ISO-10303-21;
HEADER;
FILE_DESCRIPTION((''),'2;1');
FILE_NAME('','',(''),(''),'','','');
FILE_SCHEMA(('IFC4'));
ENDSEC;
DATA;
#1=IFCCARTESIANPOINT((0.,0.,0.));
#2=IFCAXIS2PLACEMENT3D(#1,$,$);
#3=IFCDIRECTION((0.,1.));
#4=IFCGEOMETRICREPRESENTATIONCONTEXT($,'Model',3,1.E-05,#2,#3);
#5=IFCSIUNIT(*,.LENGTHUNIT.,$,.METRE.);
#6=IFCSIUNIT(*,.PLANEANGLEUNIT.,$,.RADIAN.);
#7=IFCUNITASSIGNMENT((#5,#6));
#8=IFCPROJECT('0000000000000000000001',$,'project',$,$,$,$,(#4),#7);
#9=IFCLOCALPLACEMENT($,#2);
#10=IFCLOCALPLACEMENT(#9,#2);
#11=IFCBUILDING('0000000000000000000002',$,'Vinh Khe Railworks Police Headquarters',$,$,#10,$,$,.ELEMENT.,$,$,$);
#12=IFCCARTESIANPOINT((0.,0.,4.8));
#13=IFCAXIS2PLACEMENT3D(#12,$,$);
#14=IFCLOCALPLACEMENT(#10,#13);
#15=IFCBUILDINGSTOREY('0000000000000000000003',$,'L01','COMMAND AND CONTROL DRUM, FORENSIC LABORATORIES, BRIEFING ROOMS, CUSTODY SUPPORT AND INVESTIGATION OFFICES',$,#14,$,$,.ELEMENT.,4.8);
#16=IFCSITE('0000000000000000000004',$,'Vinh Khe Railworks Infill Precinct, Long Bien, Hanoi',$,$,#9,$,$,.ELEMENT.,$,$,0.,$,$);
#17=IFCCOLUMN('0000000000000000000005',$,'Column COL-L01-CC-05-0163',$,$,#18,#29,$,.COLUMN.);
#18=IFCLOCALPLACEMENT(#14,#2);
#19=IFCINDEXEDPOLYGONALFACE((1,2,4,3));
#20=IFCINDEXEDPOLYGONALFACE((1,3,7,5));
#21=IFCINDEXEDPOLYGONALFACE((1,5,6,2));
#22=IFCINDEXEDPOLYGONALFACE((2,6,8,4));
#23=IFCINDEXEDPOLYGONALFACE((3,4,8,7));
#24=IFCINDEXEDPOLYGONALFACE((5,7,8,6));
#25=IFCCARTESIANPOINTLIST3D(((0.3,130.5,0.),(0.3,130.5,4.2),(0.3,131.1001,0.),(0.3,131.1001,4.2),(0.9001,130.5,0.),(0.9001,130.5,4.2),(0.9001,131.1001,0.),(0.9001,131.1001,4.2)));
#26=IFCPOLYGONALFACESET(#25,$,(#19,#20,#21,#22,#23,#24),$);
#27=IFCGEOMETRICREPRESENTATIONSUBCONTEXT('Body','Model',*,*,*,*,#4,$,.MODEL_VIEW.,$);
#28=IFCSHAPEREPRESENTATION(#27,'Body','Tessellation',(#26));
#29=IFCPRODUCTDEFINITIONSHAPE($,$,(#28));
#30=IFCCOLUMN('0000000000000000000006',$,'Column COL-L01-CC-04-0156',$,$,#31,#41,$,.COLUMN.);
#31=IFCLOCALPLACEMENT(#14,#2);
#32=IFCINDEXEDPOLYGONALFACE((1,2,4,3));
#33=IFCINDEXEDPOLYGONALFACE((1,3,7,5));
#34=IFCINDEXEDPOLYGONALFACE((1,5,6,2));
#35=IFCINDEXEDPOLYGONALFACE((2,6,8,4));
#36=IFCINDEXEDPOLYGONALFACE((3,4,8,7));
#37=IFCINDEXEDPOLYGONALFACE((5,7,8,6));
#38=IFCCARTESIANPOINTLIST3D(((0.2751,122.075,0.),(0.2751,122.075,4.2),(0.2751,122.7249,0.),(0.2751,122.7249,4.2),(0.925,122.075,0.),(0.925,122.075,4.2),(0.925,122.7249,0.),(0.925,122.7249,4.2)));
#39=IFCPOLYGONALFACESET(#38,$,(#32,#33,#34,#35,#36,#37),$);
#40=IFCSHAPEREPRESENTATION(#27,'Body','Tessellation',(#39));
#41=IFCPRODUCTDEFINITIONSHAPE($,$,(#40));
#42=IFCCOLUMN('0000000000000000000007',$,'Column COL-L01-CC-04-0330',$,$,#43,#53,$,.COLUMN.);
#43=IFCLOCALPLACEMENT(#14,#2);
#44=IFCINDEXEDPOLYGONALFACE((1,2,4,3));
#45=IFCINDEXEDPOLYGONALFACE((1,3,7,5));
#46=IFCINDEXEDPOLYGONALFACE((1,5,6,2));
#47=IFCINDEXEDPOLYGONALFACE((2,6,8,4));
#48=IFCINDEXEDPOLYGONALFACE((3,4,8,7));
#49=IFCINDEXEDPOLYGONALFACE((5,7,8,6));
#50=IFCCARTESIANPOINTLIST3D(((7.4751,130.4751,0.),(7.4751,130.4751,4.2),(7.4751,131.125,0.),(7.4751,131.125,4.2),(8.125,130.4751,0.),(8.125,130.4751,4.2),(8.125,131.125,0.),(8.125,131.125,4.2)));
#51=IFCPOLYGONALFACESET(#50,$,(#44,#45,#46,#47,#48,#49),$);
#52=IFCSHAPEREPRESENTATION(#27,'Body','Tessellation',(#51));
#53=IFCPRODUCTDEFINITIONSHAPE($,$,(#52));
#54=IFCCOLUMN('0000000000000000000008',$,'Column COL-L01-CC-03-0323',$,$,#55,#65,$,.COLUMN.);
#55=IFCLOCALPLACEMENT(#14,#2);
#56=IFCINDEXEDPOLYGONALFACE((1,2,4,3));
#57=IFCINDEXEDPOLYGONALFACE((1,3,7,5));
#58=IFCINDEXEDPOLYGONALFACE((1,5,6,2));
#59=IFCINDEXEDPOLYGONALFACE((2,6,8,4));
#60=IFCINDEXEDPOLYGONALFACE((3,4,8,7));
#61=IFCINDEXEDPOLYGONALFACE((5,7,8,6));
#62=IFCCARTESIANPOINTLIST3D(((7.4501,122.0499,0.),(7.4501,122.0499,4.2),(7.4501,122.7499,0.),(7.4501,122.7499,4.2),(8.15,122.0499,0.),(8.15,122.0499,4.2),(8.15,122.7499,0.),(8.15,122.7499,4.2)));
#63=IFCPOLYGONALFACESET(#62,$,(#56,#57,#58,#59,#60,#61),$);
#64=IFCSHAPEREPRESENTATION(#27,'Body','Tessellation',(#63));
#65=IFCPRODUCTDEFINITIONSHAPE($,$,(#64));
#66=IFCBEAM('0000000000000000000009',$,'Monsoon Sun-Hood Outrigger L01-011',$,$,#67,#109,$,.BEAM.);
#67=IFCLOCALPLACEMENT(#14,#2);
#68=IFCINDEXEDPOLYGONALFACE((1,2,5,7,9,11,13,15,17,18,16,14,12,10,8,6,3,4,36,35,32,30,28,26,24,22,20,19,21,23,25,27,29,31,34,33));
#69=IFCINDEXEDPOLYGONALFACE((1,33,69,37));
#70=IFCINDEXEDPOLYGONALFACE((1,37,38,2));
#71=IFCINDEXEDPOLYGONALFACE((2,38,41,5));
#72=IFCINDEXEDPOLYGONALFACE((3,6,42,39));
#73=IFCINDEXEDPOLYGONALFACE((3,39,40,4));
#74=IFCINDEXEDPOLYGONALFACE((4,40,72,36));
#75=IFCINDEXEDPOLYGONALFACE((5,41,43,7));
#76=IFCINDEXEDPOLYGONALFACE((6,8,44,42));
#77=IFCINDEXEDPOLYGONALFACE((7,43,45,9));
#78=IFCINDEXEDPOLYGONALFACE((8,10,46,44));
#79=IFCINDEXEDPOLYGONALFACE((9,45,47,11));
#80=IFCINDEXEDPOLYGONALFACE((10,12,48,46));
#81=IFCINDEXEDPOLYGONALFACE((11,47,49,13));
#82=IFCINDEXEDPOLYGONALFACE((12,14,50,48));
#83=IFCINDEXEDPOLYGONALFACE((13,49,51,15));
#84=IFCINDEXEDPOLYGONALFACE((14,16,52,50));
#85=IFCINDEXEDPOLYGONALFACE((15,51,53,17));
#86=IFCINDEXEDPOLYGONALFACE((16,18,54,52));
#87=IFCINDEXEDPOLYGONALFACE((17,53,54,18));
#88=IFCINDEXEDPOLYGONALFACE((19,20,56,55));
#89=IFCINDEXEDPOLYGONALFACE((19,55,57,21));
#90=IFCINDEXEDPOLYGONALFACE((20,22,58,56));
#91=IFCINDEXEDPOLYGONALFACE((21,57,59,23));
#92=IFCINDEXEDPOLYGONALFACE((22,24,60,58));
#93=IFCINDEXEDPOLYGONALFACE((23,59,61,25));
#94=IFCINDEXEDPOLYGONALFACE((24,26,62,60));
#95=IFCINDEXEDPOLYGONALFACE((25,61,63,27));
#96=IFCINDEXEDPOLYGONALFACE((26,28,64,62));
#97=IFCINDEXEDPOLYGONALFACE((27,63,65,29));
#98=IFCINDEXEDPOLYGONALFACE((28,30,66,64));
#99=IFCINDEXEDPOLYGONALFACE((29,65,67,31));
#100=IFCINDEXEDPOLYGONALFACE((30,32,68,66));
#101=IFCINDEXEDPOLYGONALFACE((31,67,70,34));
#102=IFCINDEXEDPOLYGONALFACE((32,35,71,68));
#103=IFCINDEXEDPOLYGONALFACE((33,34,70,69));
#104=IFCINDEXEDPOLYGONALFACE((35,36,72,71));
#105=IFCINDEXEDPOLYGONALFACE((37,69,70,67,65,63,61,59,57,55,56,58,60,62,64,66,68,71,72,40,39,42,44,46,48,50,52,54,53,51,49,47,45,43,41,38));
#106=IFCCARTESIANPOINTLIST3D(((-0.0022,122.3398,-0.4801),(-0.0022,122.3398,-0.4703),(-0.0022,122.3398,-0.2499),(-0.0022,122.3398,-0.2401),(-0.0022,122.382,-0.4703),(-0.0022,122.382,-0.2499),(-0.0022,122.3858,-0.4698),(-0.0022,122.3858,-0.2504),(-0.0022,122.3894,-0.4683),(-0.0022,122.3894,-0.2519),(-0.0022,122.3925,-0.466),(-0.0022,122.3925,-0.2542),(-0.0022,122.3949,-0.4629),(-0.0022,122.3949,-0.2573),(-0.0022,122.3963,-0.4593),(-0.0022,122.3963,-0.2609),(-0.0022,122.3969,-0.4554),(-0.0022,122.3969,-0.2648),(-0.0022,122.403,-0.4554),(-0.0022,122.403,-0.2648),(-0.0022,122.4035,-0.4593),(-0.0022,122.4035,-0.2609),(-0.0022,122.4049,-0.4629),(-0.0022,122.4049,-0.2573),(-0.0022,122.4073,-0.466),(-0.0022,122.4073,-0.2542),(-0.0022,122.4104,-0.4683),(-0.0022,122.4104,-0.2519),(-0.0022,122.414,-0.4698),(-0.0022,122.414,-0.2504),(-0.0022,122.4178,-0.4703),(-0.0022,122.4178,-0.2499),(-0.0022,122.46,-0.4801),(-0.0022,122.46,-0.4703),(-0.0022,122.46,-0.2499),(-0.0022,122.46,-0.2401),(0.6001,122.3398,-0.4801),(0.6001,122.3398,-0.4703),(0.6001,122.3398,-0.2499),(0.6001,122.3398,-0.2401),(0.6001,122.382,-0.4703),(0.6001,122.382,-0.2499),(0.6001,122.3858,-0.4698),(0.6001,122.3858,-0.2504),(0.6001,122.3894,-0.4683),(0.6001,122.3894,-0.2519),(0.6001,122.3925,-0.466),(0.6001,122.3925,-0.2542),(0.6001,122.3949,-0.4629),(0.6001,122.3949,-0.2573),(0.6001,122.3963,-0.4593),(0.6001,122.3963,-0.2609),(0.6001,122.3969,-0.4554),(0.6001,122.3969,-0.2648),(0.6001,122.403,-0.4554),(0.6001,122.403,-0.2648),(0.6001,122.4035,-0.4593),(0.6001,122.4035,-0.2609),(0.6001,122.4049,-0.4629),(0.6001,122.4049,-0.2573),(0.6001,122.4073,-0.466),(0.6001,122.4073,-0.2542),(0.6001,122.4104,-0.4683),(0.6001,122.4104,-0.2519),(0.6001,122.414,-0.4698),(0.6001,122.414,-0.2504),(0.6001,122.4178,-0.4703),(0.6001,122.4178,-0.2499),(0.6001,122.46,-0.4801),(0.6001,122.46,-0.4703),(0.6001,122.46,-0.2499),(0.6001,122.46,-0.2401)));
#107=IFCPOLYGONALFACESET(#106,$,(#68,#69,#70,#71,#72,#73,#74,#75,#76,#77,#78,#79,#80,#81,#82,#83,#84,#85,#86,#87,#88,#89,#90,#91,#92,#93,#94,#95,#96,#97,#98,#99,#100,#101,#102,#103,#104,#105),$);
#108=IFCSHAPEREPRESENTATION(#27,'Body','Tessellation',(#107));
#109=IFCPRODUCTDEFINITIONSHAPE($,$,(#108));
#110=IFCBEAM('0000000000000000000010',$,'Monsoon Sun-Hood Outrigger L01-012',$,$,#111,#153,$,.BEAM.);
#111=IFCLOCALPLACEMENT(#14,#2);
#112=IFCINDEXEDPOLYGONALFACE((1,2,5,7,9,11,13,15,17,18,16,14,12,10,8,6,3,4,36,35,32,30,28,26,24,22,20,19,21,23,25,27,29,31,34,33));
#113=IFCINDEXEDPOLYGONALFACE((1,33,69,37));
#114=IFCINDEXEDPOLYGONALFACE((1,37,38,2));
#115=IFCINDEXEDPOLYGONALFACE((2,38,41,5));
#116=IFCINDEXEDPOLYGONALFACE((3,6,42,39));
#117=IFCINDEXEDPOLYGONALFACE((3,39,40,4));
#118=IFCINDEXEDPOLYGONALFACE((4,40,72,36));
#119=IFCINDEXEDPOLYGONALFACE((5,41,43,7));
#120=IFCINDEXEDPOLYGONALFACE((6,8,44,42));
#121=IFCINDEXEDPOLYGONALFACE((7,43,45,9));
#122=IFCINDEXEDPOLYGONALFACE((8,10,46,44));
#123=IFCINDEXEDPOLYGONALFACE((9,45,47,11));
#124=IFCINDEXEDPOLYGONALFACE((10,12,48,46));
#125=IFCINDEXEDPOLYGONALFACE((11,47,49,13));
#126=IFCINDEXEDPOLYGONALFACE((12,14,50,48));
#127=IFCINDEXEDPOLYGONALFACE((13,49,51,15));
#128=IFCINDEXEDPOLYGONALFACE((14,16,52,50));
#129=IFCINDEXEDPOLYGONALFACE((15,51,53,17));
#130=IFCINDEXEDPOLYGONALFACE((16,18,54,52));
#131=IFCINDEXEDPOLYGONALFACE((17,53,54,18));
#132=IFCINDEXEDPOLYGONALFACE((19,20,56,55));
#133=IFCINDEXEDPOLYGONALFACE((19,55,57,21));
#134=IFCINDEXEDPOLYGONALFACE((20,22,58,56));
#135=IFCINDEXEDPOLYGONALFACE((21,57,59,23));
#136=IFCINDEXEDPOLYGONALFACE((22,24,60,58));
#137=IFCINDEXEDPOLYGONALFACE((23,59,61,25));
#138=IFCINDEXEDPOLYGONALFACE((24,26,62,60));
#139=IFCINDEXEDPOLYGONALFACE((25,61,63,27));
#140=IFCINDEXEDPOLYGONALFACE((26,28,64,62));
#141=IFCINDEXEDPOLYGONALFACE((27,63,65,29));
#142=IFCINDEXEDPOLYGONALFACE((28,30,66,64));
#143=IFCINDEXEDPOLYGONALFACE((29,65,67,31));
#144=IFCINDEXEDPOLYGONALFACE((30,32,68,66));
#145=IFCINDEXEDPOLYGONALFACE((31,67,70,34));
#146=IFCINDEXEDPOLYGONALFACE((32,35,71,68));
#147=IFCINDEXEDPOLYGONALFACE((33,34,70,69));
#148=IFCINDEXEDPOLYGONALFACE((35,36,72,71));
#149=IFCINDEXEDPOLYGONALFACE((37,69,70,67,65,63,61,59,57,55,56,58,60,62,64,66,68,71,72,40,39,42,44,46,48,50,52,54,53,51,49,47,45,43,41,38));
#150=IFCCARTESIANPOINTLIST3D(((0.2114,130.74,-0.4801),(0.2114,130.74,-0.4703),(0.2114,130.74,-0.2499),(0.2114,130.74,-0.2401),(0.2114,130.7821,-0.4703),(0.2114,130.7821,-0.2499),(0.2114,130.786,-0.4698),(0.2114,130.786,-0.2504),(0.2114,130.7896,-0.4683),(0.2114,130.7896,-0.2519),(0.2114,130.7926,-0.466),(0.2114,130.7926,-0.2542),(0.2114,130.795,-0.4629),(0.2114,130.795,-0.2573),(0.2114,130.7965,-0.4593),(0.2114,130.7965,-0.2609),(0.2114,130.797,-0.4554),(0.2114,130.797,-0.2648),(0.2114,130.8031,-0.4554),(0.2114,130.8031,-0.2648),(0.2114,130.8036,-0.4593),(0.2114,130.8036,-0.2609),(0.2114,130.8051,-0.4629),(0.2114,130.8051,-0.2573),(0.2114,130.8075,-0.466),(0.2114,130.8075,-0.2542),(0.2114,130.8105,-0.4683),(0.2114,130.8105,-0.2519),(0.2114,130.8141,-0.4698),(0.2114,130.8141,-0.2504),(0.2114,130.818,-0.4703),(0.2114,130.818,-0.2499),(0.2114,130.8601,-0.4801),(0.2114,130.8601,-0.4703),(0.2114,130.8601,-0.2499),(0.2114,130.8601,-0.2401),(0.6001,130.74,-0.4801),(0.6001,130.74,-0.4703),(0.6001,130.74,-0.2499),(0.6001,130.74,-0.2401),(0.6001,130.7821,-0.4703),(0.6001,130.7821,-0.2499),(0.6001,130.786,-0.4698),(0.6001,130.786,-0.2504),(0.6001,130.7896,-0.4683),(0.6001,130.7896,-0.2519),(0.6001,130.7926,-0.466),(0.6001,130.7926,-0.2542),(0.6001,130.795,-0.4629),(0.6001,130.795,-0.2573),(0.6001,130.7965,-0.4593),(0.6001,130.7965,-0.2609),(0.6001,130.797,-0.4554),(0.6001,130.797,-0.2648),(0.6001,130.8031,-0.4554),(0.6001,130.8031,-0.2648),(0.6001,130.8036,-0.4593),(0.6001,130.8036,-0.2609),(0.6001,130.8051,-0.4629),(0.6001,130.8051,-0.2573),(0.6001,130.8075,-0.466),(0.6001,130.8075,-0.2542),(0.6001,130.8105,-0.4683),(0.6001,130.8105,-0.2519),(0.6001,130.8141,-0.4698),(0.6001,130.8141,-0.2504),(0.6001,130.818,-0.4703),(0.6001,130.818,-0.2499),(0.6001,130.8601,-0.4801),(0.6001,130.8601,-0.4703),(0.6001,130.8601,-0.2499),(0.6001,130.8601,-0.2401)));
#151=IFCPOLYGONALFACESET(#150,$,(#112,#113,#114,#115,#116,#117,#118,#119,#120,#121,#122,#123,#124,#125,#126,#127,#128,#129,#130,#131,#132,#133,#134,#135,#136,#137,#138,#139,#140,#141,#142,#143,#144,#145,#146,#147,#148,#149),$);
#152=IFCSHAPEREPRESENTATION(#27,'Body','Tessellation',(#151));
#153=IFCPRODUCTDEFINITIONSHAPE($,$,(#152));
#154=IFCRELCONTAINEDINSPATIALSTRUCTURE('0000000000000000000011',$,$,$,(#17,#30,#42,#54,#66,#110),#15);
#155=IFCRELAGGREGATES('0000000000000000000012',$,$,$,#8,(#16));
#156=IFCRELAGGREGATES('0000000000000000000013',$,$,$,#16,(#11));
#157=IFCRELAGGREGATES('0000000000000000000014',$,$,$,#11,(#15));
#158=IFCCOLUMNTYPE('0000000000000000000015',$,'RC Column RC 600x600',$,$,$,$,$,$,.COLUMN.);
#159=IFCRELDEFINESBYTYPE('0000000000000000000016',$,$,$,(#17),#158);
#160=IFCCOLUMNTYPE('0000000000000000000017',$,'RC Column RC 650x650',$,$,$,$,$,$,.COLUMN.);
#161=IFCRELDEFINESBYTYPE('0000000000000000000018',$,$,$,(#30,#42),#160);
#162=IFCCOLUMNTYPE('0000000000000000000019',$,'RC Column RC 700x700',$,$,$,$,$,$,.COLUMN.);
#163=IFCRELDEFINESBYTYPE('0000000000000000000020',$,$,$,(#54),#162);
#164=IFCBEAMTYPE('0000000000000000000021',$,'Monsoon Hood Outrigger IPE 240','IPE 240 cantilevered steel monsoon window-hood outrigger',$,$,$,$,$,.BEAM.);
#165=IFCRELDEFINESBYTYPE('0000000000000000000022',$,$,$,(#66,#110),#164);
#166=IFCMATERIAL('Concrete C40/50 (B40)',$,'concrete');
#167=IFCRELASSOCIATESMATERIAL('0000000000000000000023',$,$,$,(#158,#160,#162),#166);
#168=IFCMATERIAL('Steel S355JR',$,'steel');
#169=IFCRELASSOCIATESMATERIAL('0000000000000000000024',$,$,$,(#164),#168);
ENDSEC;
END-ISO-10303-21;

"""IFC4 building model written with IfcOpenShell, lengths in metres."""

from ifc_helpers import new_model, si_unit, direction, frame, origin, origin_2d, place, context, subcontext, project, spatial, rectangle, i_section, extrude, material, material_profile, profile_set, type_object, element, save


model = new_model("IFC4")

# Units and contexts
model_context = context("Model", 3, precision=1e-05, world=origin(), true_north=direction((0.0, 1.0)))
body_context = subcontext(model_context, "Body", "Model", "MODEL_VIEW")
ifc_project = project(units=[si_unit("LENGTHUNIT", "METRE"), si_unit("PLANEANGLEUNIT", "RADIAN")], contexts=[model_context])

# Site, building, storey
site_placement = place(None, origin())
site = spatial("IfcSite", under=ifc_project, at=site_placement, Name="Vinh Khe Railworks Infill Precinct, Long Bien, Hanoi", CompositionType="ELEMENT", RefElevation=0.0)
building_placement = place(site_placement, origin())
building = spatial("IfcBuilding", under=site, at=building_placement, Name="Vinh Khe Railworks Police Headquarters", CompositionType="ELEMENT")
storey_placement = place(building_placement, frame((0.0, 0.0, 4.8)))
storey = spatial("IfcBuildingStorey", under=building, at=storey_placement, Name="L01", Description="COMMAND AND CONTROL DRUM, FORENSIC LABORATORIES, BRIEFING ROOMS, CUSTODY SUPPORT AND INVESTIGATION OFFICES", CompositionType="ELEMENT", Elevation=4.8)

# Columns
ifc_material_1 = material(Name="Concrete C40/50 (B40)", Category="concrete")
ifc_material_profile_1 = material_profile(ifc_material_1, rectangle(XDim=0.6001, YDim=0.6001, at=origin_2d()), Name="RC 600x600")
ifc_profile_set_1 = profile_set([ifc_material_profile_1], Name="Concrete C40/50 (B40)")
column_type_1 = type_object("IfcColumnType", Name="RC Column RC 600x600", PredefinedType="COLUMN", material=ifc_profile_set_1)
column_1_placement = place(storey_placement, frame((0.6001, 130.8, 0.0), z_axis=(0.0, 0.0, 1.0), x_axis=(1.0, 0.0, 0.0)))
element("IfcColumn", 1, at=column_1_placement, inside=storey, type_object=column_type_1, Name="Column COL-L01-CC-05-0163", PredefinedType="COLUMN", context=body_context, shape_type="SweptSolid", body=[
    extrude(rectangle(XDim=0.6001, YDim=0.6001, at=origin_2d()), origin(), (0.0, 0.0, 1.0), 4.2),
])
ifc_material_profile_2 = material_profile(ifc_material_1, rectangle(XDim=0.6499, YDim=0.6499, at=origin_2d()), Name="RC 650x650")
ifc_profile_set_2 = profile_set([ifc_material_profile_2], Name="Concrete C40/50 (B40)")
column_type_2 = type_object("IfcColumnType", Name="RC Column RC 650x650", PredefinedType="COLUMN", material=ifc_profile_set_2)
for number, where, z_axis, x_axis, name in (
    (2, (0.6001, 122.3999, 0.0), (0.0, 0.0, 1.0), (1.0, 0.0, 0.0), "Column COL-L01-CC-04-0156"),
    (3, (7.8, 130.8, 0.0), (0.0, 0.0, 1.0), (1.0, 0.0, 0.0), "Column COL-L01-CC-04-0330"),
):
    element("IfcColumn", number, at=place(storey_placement, frame(where, z_axis=z_axis, x_axis=x_axis)), inside=storey, type_object=column_type_2, Name=name, PredefinedType="COLUMN", context=body_context, shape_type="SweptSolid", body=[
        extrude(rectangle(XDim=0.6499, YDim=0.6499, at=origin_2d()), origin(), (0.0, 0.0, 1.0), 4.2),
    ])
ifc_material_profile_3 = material_profile(ifc_material_1, rectangle(XDim=0.7, YDim=0.7, at=origin_2d()), Name="RC 700x700")
ifc_profile_set_3 = profile_set([ifc_material_profile_3], Name="Concrete C40/50 (B40)")
column_type_3 = type_object("IfcColumnType", Name="RC Column RC 700x700", PredefinedType="COLUMN", material=ifc_profile_set_3)
column_2_placement = place(storey_placement, frame((7.8, 122.3999, 0.0), z_axis=(0.0, 0.0, 1.0), x_axis=(1.0, 0.0, 0.0)))
element("IfcColumn", 4, at=column_2_placement, inside=storey, type_object=column_type_3, Name="Column COL-L01-CC-03-0323", PredefinedType="COLUMN", context=body_context, shape_type="SweptSolid", body=[
    extrude(rectangle(XDim=0.7, YDim=0.7, at=origin_2d()), origin(), (0.0, 0.0, 1.0), 4.2),
])

# Beams
ifc_material_2 = material(Name="Steel S355JR", Category="steel")
ifc_material_profile_4 = material_profile(ifc_material_2, i_section(OverallWidth=0.1201, OverallDepth=0.24, WebThickness=0.0061, FlangeThickness=0.0098, FilletRadius=0.0149, at=origin_2d()), Name="IPE 240")
ifc_profile_set_4 = profile_set([ifc_material_profile_4], Name="Steel S355JR")
beam_type_1 = type_object("IfcBeamType", Name="Monsoon Hood Outrigger IPE 240", Description="IPE 240 cantilevered steel monsoon window-hood outrigger", PredefinedType="BEAM", material=ifc_profile_set_4)
beam_1_placement = place(storey_placement, frame((-0.0022, 122.3999, -0.3601), z_axis=(1.0, 0.0, 0.0), x_axis=(0.0, 1.0, 0.0)))
element("IfcBeam", 5, at=beam_1_placement, inside=storey, type_object=beam_type_1, Name="Monsoon Sun-Hood Outrigger L01-011", PredefinedType="BEAM", context=body_context, shape_type="SweptSolid", body=[
    extrude(i_section(OverallWidth=0.1201, OverallDepth=0.24, WebThickness=0.0061, FlangeThickness=0.0098, FilletRadius=0.0149, at=origin_2d()), origin(), (0.0, 0.0, 1.0), 0.6023),
])
beam_2_placement = place(storey_placement, frame((0.2114, 130.8, -0.3601), z_axis=(1.0, 0.0, 0.0), x_axis=(0.0, 1.0, 0.0)))
element("IfcBeam", 6, at=beam_2_placement, inside=storey, type_object=beam_type_1, Name="Monsoon Sun-Hood Outrigger L01-012", PredefinedType="BEAM", context=body_context, shape_type="SweptSolid", body=[
    extrude(i_section(OverallWidth=0.1201, OverallDepth=0.24, WebThickness=0.0061, FlangeThickness=0.0098, FilletRadius=0.0149, at=origin_2d()), origin(), (0.0, 0.0, 1.0), 0.3887),
])

save(model, "model.ifc")
